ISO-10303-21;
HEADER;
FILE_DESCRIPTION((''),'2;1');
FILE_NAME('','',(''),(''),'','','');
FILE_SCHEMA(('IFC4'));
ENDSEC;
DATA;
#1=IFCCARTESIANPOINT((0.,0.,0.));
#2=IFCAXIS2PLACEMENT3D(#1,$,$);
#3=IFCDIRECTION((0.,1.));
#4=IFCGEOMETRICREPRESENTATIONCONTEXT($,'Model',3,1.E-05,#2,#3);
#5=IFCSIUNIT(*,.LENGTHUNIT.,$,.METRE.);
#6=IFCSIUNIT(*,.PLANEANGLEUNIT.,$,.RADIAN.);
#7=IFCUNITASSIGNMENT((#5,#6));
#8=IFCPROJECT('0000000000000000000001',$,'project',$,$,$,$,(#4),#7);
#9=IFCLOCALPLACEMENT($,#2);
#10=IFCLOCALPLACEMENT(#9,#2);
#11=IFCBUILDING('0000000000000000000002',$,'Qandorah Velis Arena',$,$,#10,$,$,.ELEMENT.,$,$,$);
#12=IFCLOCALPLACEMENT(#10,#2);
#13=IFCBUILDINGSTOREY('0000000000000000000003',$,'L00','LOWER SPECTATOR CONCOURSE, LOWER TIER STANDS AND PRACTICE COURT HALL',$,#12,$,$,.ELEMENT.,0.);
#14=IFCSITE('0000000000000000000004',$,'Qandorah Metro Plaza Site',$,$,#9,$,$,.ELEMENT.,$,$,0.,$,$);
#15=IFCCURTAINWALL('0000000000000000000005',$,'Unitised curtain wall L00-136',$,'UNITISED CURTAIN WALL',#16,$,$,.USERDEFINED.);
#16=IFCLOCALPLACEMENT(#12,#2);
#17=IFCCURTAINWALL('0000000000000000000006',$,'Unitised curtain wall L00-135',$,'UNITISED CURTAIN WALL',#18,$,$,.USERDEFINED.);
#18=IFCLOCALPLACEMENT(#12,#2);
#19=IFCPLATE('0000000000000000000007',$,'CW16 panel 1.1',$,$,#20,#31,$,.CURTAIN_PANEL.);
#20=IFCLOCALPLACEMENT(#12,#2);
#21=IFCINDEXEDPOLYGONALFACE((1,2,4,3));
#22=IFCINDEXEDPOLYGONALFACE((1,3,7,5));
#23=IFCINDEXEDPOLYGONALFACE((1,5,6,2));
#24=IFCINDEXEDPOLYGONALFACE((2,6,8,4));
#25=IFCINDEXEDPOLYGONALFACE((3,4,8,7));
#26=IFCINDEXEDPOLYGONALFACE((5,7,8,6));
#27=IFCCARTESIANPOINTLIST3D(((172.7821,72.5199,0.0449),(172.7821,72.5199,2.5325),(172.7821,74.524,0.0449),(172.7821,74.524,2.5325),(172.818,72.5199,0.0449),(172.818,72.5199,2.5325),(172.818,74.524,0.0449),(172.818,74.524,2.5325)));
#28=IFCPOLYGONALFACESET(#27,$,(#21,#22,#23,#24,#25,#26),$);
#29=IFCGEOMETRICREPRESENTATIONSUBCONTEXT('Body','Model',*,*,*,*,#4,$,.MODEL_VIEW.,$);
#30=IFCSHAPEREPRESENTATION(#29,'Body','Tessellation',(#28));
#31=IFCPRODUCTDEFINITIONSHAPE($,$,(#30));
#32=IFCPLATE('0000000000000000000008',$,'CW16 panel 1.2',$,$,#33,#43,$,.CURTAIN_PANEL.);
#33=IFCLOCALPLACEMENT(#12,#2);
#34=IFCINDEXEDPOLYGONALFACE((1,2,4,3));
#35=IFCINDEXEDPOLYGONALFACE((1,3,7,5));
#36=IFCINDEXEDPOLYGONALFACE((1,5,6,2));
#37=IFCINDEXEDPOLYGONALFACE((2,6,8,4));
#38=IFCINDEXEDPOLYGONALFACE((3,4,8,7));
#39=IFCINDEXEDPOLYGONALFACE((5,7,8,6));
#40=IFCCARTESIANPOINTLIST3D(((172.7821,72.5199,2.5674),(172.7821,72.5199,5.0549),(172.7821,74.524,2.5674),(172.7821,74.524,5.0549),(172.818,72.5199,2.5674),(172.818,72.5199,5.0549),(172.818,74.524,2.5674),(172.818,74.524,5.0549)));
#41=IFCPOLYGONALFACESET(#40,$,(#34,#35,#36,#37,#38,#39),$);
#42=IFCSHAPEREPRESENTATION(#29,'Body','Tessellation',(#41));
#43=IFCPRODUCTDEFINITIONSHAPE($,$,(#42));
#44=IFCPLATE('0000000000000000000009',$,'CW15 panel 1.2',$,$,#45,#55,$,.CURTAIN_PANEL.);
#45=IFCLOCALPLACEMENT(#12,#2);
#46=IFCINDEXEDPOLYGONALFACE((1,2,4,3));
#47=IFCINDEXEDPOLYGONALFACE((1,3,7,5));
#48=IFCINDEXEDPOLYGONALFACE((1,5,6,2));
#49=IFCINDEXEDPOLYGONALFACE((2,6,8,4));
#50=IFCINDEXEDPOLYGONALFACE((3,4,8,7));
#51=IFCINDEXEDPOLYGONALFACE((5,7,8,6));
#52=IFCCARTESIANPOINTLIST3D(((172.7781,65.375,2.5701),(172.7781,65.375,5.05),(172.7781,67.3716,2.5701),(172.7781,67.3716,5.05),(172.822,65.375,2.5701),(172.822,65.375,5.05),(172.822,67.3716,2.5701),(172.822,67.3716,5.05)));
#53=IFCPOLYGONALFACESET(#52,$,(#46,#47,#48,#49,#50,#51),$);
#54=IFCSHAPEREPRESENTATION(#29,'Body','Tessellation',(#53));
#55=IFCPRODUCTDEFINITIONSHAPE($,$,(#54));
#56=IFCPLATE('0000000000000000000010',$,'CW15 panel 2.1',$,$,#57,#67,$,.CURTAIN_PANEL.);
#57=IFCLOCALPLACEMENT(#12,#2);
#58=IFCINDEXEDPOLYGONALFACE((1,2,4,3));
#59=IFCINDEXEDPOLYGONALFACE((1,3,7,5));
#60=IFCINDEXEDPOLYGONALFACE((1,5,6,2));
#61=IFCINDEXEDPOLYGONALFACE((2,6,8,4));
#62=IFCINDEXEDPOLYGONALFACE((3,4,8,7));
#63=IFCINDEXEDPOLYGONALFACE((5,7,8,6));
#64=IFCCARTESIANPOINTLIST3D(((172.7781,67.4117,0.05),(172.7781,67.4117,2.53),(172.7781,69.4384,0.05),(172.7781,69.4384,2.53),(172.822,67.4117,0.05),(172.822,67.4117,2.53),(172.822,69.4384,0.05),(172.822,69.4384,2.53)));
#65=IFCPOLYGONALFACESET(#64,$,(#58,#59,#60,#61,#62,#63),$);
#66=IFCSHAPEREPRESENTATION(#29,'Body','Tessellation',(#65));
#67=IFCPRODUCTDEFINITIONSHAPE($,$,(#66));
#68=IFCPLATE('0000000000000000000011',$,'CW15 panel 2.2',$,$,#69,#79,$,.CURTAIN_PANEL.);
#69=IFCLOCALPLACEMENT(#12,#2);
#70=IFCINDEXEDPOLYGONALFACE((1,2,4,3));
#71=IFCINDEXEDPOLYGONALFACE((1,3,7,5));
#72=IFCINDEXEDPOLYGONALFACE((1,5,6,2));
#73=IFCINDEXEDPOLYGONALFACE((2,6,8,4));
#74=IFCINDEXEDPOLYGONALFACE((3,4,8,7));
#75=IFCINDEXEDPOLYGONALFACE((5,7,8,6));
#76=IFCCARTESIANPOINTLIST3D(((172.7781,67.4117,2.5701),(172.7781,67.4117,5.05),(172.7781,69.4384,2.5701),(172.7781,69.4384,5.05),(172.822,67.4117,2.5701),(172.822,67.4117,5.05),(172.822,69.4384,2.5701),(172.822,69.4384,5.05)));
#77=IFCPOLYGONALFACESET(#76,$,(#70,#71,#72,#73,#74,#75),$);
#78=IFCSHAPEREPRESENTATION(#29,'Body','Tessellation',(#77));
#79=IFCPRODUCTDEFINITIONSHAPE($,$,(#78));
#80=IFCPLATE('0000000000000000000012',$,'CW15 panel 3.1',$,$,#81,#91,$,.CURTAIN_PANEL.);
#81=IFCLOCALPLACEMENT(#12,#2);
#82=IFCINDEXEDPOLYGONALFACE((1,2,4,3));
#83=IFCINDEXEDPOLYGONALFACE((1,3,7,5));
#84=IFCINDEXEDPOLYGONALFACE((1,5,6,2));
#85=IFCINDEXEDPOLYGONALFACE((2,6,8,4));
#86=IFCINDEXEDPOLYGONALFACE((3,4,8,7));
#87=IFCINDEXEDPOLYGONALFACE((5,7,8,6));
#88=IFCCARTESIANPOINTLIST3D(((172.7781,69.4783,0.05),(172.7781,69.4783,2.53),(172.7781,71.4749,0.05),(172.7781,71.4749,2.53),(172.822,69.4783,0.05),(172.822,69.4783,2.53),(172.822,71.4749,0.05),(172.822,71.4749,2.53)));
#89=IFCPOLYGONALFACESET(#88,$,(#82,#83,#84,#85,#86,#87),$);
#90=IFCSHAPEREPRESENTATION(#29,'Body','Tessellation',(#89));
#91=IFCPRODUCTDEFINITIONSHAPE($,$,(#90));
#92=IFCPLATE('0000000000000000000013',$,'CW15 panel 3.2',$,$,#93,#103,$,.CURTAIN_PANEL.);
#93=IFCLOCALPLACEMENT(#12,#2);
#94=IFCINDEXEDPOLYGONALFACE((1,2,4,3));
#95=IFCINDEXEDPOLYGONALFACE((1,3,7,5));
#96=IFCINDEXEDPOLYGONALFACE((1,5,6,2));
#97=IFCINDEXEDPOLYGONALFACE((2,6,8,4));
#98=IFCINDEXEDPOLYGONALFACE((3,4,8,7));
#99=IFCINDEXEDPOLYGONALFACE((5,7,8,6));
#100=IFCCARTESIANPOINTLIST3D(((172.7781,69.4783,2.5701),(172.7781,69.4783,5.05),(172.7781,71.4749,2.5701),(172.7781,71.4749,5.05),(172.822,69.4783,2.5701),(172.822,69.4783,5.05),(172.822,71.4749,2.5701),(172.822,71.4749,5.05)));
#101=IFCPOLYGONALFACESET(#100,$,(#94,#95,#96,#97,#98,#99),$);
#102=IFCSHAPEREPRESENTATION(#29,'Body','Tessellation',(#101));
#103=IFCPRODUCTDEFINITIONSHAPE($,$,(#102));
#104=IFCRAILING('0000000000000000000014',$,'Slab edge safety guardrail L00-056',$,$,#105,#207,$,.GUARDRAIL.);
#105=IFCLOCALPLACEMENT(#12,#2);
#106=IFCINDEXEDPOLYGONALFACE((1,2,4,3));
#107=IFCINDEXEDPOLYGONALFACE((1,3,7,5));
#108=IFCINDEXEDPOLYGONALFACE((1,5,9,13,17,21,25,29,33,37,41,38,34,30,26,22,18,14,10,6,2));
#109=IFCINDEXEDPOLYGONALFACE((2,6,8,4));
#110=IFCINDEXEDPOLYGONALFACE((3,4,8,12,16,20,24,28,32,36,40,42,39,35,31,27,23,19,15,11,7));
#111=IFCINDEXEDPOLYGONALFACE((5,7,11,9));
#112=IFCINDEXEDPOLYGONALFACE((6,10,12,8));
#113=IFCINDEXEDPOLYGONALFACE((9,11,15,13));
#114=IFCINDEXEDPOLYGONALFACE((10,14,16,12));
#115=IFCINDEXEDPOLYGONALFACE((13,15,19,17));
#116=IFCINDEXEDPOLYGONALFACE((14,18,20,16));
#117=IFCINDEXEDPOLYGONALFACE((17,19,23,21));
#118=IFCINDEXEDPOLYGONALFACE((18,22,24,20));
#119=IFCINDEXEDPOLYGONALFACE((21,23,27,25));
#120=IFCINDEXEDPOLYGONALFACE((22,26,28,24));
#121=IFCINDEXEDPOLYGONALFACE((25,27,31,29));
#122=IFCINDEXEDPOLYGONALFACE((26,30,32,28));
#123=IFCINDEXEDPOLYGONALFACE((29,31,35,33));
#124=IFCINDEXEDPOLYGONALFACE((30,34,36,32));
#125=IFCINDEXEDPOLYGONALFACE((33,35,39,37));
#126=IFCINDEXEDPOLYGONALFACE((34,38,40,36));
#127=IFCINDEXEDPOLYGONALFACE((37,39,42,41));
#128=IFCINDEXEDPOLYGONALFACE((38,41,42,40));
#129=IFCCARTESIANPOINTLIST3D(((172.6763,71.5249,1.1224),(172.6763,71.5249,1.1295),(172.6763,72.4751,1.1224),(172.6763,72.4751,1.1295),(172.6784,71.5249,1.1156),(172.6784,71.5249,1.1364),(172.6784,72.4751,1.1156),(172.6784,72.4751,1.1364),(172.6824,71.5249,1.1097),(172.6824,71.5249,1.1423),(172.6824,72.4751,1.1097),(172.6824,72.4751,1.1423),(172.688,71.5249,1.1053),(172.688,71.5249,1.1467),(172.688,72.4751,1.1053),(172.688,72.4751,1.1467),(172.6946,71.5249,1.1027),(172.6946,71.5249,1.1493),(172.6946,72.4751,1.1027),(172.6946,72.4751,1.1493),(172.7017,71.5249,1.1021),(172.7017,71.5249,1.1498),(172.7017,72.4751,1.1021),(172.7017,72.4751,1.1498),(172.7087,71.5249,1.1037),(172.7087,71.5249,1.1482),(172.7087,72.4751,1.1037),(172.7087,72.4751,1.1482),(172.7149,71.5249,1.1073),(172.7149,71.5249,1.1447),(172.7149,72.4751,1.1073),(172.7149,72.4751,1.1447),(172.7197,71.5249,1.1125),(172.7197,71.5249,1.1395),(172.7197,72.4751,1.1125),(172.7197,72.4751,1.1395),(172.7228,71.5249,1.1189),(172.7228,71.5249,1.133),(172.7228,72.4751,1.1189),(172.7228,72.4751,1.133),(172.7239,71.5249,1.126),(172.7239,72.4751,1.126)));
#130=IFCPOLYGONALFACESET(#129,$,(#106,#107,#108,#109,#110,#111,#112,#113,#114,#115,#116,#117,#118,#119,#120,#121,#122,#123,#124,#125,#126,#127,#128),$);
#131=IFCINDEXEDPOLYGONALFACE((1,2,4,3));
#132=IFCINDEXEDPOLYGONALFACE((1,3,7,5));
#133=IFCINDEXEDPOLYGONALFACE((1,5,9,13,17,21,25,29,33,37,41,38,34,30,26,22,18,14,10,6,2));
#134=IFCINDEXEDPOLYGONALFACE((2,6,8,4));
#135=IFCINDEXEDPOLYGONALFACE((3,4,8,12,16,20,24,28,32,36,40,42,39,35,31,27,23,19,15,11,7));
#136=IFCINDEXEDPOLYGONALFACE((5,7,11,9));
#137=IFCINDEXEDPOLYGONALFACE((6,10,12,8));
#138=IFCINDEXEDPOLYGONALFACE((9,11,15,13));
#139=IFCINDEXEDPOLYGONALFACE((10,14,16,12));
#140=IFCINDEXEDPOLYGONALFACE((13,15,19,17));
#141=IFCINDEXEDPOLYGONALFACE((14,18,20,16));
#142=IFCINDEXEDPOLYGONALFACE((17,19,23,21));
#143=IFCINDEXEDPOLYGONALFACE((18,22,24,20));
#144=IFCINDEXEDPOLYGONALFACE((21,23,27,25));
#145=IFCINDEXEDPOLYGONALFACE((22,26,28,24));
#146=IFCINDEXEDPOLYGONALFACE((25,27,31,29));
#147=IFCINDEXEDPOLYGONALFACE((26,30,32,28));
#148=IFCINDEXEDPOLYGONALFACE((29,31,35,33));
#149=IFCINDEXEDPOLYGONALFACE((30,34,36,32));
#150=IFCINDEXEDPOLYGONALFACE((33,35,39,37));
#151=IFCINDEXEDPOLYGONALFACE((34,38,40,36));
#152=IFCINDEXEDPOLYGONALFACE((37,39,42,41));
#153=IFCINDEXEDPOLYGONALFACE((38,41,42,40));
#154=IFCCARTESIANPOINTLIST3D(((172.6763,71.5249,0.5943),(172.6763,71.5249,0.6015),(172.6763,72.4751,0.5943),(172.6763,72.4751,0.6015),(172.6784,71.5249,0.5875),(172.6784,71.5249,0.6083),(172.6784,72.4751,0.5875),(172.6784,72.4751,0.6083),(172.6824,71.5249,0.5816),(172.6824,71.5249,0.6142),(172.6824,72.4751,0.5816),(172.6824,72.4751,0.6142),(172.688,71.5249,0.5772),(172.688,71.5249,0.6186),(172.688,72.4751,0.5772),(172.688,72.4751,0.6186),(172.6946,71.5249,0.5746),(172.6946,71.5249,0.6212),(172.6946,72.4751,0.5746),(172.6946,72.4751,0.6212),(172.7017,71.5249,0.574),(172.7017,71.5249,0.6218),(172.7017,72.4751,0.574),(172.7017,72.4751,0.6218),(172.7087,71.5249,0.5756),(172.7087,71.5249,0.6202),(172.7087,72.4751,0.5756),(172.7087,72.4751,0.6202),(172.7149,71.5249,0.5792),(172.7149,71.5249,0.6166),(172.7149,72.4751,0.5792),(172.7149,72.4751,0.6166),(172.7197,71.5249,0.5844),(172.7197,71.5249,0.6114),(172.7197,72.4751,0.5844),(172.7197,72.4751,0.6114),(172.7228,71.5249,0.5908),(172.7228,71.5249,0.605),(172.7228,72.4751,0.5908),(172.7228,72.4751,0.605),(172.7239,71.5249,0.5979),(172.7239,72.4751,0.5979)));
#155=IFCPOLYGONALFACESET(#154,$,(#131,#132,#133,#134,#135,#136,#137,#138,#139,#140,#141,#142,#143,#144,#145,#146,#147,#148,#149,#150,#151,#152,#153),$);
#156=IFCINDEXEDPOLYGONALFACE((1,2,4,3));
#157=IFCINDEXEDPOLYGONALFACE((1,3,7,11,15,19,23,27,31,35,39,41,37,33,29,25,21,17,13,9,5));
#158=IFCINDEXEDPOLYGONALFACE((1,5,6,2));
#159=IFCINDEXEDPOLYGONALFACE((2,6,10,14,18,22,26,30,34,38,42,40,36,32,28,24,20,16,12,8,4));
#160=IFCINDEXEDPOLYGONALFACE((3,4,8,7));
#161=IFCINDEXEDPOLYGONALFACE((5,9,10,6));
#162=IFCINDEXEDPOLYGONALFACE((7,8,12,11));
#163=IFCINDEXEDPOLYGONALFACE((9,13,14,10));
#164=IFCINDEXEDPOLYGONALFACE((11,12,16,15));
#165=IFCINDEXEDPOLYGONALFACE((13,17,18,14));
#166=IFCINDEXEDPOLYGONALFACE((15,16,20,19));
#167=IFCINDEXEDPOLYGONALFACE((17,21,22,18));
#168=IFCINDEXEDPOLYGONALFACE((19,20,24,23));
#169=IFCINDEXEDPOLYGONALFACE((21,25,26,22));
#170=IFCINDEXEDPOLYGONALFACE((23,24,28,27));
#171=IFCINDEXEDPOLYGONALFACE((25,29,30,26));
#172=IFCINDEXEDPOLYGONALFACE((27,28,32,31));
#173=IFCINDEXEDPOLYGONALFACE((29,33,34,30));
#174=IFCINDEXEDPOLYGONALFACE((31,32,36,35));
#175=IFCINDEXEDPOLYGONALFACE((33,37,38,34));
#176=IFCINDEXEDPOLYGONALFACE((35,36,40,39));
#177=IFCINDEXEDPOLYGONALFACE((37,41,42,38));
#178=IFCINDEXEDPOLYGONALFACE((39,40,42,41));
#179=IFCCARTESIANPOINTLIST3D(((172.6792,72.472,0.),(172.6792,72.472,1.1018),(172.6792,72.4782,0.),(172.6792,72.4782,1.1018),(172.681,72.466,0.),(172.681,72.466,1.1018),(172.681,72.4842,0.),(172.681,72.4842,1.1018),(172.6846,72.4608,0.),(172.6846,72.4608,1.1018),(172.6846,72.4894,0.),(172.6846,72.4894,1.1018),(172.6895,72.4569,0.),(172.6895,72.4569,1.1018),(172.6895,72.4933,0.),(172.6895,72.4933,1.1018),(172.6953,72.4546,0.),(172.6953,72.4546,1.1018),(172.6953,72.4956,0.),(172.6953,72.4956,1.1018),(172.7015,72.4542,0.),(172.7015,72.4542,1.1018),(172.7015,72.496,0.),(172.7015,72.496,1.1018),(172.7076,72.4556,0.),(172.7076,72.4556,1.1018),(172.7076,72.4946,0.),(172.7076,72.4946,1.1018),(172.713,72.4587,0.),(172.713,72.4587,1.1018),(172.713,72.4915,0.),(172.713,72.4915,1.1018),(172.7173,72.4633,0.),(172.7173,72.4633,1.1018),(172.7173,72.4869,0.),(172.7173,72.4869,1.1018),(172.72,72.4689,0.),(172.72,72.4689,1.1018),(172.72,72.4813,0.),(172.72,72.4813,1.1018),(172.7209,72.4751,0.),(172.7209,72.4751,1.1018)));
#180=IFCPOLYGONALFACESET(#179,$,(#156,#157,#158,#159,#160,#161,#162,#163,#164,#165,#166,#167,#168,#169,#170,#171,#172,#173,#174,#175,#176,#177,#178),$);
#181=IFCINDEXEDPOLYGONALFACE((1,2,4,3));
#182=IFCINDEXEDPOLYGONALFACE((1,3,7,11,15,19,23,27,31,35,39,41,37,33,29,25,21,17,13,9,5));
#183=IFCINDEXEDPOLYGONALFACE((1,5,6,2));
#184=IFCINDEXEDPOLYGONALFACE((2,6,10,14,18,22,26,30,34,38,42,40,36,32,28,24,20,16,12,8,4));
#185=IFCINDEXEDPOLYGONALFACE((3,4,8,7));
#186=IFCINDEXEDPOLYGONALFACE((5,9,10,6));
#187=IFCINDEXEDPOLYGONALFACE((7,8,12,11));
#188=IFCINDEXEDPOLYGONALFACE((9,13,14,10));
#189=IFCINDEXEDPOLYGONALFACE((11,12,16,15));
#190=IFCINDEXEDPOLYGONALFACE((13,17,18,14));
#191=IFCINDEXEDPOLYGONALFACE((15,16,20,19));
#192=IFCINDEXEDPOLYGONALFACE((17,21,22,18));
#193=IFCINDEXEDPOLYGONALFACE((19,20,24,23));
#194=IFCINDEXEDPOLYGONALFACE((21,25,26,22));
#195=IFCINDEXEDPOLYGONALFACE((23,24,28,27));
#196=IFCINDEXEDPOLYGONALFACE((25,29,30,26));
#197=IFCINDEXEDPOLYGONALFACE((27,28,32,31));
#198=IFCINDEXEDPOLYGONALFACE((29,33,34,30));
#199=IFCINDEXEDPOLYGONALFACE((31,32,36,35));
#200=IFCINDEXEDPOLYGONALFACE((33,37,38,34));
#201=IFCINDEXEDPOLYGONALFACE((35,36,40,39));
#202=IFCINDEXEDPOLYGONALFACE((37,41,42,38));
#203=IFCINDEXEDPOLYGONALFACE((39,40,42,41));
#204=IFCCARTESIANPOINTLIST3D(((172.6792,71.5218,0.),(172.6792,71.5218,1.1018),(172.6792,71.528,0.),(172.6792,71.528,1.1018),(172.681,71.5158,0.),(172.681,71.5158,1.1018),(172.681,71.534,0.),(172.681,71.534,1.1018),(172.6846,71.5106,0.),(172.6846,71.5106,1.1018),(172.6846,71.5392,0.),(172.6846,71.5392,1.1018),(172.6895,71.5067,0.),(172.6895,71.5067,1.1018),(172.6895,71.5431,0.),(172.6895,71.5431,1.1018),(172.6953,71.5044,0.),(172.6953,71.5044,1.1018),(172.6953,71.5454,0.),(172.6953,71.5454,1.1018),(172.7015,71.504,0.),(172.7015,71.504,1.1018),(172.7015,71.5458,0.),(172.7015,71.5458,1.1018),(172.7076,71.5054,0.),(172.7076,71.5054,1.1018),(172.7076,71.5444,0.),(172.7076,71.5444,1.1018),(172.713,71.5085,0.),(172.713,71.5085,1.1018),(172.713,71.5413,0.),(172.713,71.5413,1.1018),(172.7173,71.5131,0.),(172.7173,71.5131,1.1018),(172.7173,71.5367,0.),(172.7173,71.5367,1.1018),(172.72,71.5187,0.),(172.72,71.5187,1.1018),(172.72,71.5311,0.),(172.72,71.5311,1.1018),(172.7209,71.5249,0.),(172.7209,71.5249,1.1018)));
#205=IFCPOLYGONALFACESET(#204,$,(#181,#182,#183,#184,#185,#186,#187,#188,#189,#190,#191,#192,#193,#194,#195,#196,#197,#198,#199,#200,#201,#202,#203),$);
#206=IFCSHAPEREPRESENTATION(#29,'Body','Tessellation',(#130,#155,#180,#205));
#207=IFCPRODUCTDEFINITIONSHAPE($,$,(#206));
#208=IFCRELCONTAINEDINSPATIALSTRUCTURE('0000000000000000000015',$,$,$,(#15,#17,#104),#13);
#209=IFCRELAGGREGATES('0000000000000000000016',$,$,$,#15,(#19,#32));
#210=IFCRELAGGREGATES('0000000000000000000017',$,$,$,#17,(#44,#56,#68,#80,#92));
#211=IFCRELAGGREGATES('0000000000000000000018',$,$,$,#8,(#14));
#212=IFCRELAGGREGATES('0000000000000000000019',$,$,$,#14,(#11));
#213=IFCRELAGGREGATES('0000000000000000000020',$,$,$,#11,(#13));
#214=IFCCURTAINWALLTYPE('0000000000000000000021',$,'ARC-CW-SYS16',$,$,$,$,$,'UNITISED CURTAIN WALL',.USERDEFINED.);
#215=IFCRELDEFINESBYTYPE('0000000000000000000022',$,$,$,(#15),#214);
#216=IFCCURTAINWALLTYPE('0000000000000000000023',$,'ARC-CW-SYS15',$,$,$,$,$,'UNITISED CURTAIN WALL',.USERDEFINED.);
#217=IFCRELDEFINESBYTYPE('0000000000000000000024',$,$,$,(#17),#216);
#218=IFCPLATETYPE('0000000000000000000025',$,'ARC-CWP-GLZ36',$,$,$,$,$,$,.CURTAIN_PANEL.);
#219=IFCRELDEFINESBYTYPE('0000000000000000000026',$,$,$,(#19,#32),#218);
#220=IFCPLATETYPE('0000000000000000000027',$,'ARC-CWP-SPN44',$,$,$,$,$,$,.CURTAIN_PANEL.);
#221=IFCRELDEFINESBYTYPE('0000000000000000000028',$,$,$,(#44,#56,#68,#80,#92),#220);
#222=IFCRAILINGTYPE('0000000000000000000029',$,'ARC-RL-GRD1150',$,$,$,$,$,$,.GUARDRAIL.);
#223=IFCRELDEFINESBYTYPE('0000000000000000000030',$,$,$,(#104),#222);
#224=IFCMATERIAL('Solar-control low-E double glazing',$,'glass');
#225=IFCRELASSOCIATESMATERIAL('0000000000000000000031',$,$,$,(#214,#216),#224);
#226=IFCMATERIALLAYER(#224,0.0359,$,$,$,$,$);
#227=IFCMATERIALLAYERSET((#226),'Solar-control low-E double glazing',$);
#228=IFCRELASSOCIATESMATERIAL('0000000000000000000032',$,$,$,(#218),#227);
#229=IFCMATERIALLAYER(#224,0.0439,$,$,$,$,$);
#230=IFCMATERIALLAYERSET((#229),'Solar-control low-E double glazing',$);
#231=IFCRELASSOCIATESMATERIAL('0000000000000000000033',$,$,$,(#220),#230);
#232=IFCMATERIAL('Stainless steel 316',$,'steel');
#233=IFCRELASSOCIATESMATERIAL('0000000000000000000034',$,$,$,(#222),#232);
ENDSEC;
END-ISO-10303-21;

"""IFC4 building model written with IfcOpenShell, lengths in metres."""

from ifc_helpers import new_model, si_unit, direction, frame, origin, origin_2d, place, context, subcontext, project, spatial, rectangle, circle, extrude, material, layer, layer_set, type_object, element, aggregate, save


model = new_model("IFC4")

# Units and contexts
model_context = context("Model", 3, precision=1e-05, world=origin(), true_north=direction((0.0, 1.0)))
body_context = subcontext(model_context, "Body", "Model", "MODEL_VIEW")
ifc_project = project(units=[si_unit("LENGTHUNIT", "METRE"), si_unit("PLANEANGLEUNIT", "RADIAN")], contexts=[model_context])

# Site, building, storey
site_placement = place(None, origin())
site = spatial("IfcSite", under=ifc_project, at=site_placement, Name="Qandorah Metro Plaza Site", CompositionType="ELEMENT", RefElevation=0.0)
building_placement = place(site_placement, origin())
building = spatial("IfcBuilding", under=site, at=building_placement, Name="Qandorah Velis Arena", CompositionType="ELEMENT")
storey_placement = place(building_placement, origin())
storey = spatial("IfcBuildingStorey", under=building, at=storey_placement, Name="L00", Description="LOWER SPECTATOR CONCOURSE, LOWER TIER STANDS AND PRACTICE COURT HALL", CompositionType="ELEMENT", Elevation=0.0)

# Curtain walls
ifc_material_1 = material(Name="Solar-control low-E double glazing", Category="glass")
curtain_wall_type_1 = type_object("IfcCurtainWallType", Name="ARC-CW-SYS16", ElementType="UNITISED CURTAIN WALL", PredefinedType="USERDEFINED", material=ifc_material_1)
curtain_wall_1_placement = place(storey_placement, origin())
curtain_wall_1 = element("IfcCurtainWall", 1, at=curtain_wall_1_placement, inside=storey, type_object=curtain_wall_type_1, Name="Unitised curtain wall L00-136", ObjectType="UNITISED CURTAIN WALL", PredefinedType="USERDEFINED")
curtain_wall_type_2 = type_object("IfcCurtainWallType", Name="ARC-CW-SYS15", ElementType="UNITISED CURTAIN WALL", PredefinedType="USERDEFINED", material=ifc_material_1)
curtain_wall_2_placement = place(storey_placement, origin())
curtain_wall_2 = element("IfcCurtainWall", 2, at=curtain_wall_2_placement, inside=storey, type_object=curtain_wall_type_2, Name="Unitised curtain wall L00-135", ObjectType="UNITISED CURTAIN WALL", PredefinedType="USERDEFINED")

# Plates
ifc_layer_1 = layer(ifc_material_1, 0.0359)
ifc_layer_set_1 = layer_set([ifc_layer_1], Name="Solar-control low-E double glazing")
plate_type_1 = type_object("IfcPlateType", Name="ARC-CWP-GLZ36", PredefinedType="CURTAIN_PANEL", material=ifc_layer_set_1)
plate_1_placement = place(storey_placement, frame((172.8, 73.522, 0.0449), z_axis=(0.0, 0.0, 1.0), x_axis=(0.0, 1.0, 0.0)))
plate_1 = element("IfcPlate", 3, at=plate_1_placement, type_object=plate_type_1, Name="CW16 panel 1.1", PredefinedType="CURTAIN_PANEL", context=body_context, shape_type="SweptSolid", body=[
    extrude(rectangle(XDim=2.0042, YDim=0.0359, at=origin_2d()), origin(), (0.0, 0.0, 1.0), 2.4875),
])
plate_2_placement = place(storey_placement, frame((172.8, 73.522, 2.5674), z_axis=(0.0, 0.0, 1.0), x_axis=(0.0, 1.0, 0.0)))
plate_2 = element("IfcPlate", 4, at=plate_2_placement, type_object=plate_type_1, Name="CW16 panel 1.2", PredefinedType="CURTAIN_PANEL", context=body_context, shape_type="SweptSolid", body=[
    extrude(rectangle(XDim=2.0042, YDim=0.0359, at=origin_2d()), origin(), (0.0, 0.0, 1.0), 2.4875),
])
aggregate(curtain_wall_1, [plate_1, plate_2])
ifc_layer_2 = layer(ifc_material_1, 0.0439)
ifc_layer_set_2 = layer_set([ifc_layer_2], Name="Solar-control low-E double glazing")
plate_type_2 = type_object("IfcPlateType", Name="ARC-CWP-SPN44", PredefinedType="CURTAIN_PANEL", material=ifc_layer_set_2)
plate_3_placement = place(storey_placement, frame((172.8, 66.3733, 2.5701), z_axis=(0.0, 0.0, 1.0), x_axis=(0.0, 1.0, 0.0)))
plate_3 = element("IfcPlate", 5, at=plate_3_placement, type_object=plate_type_2, Name="CW15 panel 1.2", PredefinedType="CURTAIN_PANEL", context=body_context, shape_type="SweptSolid", body=[
    extrude(rectangle(XDim=1.9966, YDim=0.0439, at=origin_2d()), origin(), (0.0, 0.0, 1.0), 2.48),
])
plate_4_placement = place(storey_placement, frame((172.8, 68.425, 0.05), z_axis=(0.0, 0.0, 1.0), x_axis=(0.0, 1.0, 0.0)))
plate_4 = element("IfcPlate", 6, at=plate_4_placement, type_object=plate_type_2, Name="CW15 panel 2.1", PredefinedType="CURTAIN_PANEL", context=body_context, shape_type="SweptSolid", body=[
    extrude(rectangle(XDim=2.0266, YDim=0.0439, at=origin_2d()), origin(), (0.0, 0.0, 1.0), 2.48),
])
plate_5_placement = place(storey_placement, frame((172.8, 68.425, 2.5701), z_axis=(0.0, 0.0, 1.0), x_axis=(0.0, 1.0, 0.0)))
plate_5 = element("IfcPlate", 7, at=plate_5_placement, type_object=plate_type_2, Name="CW15 panel 2.2", PredefinedType="CURTAIN_PANEL", context=body_context, shape_type="SweptSolid", body=[
    extrude(rectangle(XDim=2.0266, YDim=0.0439, at=origin_2d()), origin(), (0.0, 0.0, 1.0), 2.48),
])
plate_6_placement = place(storey_placement, frame((172.8, 70.4766, 0.05), z_axis=(0.0, 0.0, 1.0), x_axis=(0.0, 1.0, 0.0)))
plate_6 = element("IfcPlate", 8, at=plate_6_placement, type_object=plate_type_2, Name="CW15 panel 3.1", PredefinedType="CURTAIN_PANEL", context=body_context, shape_type="SweptSolid", body=[
    extrude(rectangle(XDim=1.9966, YDim=0.0439, at=origin_2d()), origin(), (0.0, 0.0, 1.0), 2.48),
])
plate_7_placement = place(storey_placement, frame((172.8, 70.4766, 2.5701), z_axis=(0.0, 0.0, 1.0), x_axis=(0.0, 1.0, 0.0)))
plate_7 = element("IfcPlate", 9, at=plate_7_placement, type_object=plate_type_2, Name="CW15 panel 3.2", PredefinedType="CURTAIN_PANEL", context=body_context, shape_type="SweptSolid", body=[
    extrude(rectangle(XDim=1.9966, YDim=0.0439, at=origin_2d()), origin(), (0.0, 0.0, 1.0), 2.48),
])
aggregate(curtain_wall_2, [plate_3, plate_4, plate_5, plate_6, plate_7])

# Railing
ifc_material_2 = material(Name="Stainless steel 316", Category="steel")
railing_type = type_object("IfcRailingType", Name="ARC-RL-GRD1150", PredefinedType="GUARDRAIL", material=ifc_material_2)
railing_placement = place(storey_placement, frame((172.7, 72.4751, 0.0)))
element("IfcRailing", 10, at=railing_placement, inside=storey, type_object=railing_type, Name="Slab edge safety guardrail L00-056", PredefinedType="GUARDRAIL", context=body_context, shape_type="SweptSolid", body=[
    extrude(circle(Radius=0.0239, at=origin_2d()), frame((0.0, 0.0, 1.126), z_axis=(0.0, -1.0, 0.0), x_axis=(1.0, 0.0, 0.0)), (0.0, 0.0, 1.0), 0.9502),
    extrude(circle(Radius=0.0239, at=origin_2d()), frame((0.0, 0.0, 0.5979), z_axis=(0.0, -1.0, 0.0), x_axis=(1.0, 0.0, 0.0)), (0.0, 0.0, 1.0), 0.9502),
    extrude(circle(Radius=0.021, at=origin_2d()), origin(), (0.0, 0.0, 1.0), 1.1018),
    extrude(circle(Radius=0.021, at=origin_2d()), frame((0.0, -0.9502, 0.0)), (0.0, 0.0, 1.0), 1.1018),
])

save(model, "model.ifc")
